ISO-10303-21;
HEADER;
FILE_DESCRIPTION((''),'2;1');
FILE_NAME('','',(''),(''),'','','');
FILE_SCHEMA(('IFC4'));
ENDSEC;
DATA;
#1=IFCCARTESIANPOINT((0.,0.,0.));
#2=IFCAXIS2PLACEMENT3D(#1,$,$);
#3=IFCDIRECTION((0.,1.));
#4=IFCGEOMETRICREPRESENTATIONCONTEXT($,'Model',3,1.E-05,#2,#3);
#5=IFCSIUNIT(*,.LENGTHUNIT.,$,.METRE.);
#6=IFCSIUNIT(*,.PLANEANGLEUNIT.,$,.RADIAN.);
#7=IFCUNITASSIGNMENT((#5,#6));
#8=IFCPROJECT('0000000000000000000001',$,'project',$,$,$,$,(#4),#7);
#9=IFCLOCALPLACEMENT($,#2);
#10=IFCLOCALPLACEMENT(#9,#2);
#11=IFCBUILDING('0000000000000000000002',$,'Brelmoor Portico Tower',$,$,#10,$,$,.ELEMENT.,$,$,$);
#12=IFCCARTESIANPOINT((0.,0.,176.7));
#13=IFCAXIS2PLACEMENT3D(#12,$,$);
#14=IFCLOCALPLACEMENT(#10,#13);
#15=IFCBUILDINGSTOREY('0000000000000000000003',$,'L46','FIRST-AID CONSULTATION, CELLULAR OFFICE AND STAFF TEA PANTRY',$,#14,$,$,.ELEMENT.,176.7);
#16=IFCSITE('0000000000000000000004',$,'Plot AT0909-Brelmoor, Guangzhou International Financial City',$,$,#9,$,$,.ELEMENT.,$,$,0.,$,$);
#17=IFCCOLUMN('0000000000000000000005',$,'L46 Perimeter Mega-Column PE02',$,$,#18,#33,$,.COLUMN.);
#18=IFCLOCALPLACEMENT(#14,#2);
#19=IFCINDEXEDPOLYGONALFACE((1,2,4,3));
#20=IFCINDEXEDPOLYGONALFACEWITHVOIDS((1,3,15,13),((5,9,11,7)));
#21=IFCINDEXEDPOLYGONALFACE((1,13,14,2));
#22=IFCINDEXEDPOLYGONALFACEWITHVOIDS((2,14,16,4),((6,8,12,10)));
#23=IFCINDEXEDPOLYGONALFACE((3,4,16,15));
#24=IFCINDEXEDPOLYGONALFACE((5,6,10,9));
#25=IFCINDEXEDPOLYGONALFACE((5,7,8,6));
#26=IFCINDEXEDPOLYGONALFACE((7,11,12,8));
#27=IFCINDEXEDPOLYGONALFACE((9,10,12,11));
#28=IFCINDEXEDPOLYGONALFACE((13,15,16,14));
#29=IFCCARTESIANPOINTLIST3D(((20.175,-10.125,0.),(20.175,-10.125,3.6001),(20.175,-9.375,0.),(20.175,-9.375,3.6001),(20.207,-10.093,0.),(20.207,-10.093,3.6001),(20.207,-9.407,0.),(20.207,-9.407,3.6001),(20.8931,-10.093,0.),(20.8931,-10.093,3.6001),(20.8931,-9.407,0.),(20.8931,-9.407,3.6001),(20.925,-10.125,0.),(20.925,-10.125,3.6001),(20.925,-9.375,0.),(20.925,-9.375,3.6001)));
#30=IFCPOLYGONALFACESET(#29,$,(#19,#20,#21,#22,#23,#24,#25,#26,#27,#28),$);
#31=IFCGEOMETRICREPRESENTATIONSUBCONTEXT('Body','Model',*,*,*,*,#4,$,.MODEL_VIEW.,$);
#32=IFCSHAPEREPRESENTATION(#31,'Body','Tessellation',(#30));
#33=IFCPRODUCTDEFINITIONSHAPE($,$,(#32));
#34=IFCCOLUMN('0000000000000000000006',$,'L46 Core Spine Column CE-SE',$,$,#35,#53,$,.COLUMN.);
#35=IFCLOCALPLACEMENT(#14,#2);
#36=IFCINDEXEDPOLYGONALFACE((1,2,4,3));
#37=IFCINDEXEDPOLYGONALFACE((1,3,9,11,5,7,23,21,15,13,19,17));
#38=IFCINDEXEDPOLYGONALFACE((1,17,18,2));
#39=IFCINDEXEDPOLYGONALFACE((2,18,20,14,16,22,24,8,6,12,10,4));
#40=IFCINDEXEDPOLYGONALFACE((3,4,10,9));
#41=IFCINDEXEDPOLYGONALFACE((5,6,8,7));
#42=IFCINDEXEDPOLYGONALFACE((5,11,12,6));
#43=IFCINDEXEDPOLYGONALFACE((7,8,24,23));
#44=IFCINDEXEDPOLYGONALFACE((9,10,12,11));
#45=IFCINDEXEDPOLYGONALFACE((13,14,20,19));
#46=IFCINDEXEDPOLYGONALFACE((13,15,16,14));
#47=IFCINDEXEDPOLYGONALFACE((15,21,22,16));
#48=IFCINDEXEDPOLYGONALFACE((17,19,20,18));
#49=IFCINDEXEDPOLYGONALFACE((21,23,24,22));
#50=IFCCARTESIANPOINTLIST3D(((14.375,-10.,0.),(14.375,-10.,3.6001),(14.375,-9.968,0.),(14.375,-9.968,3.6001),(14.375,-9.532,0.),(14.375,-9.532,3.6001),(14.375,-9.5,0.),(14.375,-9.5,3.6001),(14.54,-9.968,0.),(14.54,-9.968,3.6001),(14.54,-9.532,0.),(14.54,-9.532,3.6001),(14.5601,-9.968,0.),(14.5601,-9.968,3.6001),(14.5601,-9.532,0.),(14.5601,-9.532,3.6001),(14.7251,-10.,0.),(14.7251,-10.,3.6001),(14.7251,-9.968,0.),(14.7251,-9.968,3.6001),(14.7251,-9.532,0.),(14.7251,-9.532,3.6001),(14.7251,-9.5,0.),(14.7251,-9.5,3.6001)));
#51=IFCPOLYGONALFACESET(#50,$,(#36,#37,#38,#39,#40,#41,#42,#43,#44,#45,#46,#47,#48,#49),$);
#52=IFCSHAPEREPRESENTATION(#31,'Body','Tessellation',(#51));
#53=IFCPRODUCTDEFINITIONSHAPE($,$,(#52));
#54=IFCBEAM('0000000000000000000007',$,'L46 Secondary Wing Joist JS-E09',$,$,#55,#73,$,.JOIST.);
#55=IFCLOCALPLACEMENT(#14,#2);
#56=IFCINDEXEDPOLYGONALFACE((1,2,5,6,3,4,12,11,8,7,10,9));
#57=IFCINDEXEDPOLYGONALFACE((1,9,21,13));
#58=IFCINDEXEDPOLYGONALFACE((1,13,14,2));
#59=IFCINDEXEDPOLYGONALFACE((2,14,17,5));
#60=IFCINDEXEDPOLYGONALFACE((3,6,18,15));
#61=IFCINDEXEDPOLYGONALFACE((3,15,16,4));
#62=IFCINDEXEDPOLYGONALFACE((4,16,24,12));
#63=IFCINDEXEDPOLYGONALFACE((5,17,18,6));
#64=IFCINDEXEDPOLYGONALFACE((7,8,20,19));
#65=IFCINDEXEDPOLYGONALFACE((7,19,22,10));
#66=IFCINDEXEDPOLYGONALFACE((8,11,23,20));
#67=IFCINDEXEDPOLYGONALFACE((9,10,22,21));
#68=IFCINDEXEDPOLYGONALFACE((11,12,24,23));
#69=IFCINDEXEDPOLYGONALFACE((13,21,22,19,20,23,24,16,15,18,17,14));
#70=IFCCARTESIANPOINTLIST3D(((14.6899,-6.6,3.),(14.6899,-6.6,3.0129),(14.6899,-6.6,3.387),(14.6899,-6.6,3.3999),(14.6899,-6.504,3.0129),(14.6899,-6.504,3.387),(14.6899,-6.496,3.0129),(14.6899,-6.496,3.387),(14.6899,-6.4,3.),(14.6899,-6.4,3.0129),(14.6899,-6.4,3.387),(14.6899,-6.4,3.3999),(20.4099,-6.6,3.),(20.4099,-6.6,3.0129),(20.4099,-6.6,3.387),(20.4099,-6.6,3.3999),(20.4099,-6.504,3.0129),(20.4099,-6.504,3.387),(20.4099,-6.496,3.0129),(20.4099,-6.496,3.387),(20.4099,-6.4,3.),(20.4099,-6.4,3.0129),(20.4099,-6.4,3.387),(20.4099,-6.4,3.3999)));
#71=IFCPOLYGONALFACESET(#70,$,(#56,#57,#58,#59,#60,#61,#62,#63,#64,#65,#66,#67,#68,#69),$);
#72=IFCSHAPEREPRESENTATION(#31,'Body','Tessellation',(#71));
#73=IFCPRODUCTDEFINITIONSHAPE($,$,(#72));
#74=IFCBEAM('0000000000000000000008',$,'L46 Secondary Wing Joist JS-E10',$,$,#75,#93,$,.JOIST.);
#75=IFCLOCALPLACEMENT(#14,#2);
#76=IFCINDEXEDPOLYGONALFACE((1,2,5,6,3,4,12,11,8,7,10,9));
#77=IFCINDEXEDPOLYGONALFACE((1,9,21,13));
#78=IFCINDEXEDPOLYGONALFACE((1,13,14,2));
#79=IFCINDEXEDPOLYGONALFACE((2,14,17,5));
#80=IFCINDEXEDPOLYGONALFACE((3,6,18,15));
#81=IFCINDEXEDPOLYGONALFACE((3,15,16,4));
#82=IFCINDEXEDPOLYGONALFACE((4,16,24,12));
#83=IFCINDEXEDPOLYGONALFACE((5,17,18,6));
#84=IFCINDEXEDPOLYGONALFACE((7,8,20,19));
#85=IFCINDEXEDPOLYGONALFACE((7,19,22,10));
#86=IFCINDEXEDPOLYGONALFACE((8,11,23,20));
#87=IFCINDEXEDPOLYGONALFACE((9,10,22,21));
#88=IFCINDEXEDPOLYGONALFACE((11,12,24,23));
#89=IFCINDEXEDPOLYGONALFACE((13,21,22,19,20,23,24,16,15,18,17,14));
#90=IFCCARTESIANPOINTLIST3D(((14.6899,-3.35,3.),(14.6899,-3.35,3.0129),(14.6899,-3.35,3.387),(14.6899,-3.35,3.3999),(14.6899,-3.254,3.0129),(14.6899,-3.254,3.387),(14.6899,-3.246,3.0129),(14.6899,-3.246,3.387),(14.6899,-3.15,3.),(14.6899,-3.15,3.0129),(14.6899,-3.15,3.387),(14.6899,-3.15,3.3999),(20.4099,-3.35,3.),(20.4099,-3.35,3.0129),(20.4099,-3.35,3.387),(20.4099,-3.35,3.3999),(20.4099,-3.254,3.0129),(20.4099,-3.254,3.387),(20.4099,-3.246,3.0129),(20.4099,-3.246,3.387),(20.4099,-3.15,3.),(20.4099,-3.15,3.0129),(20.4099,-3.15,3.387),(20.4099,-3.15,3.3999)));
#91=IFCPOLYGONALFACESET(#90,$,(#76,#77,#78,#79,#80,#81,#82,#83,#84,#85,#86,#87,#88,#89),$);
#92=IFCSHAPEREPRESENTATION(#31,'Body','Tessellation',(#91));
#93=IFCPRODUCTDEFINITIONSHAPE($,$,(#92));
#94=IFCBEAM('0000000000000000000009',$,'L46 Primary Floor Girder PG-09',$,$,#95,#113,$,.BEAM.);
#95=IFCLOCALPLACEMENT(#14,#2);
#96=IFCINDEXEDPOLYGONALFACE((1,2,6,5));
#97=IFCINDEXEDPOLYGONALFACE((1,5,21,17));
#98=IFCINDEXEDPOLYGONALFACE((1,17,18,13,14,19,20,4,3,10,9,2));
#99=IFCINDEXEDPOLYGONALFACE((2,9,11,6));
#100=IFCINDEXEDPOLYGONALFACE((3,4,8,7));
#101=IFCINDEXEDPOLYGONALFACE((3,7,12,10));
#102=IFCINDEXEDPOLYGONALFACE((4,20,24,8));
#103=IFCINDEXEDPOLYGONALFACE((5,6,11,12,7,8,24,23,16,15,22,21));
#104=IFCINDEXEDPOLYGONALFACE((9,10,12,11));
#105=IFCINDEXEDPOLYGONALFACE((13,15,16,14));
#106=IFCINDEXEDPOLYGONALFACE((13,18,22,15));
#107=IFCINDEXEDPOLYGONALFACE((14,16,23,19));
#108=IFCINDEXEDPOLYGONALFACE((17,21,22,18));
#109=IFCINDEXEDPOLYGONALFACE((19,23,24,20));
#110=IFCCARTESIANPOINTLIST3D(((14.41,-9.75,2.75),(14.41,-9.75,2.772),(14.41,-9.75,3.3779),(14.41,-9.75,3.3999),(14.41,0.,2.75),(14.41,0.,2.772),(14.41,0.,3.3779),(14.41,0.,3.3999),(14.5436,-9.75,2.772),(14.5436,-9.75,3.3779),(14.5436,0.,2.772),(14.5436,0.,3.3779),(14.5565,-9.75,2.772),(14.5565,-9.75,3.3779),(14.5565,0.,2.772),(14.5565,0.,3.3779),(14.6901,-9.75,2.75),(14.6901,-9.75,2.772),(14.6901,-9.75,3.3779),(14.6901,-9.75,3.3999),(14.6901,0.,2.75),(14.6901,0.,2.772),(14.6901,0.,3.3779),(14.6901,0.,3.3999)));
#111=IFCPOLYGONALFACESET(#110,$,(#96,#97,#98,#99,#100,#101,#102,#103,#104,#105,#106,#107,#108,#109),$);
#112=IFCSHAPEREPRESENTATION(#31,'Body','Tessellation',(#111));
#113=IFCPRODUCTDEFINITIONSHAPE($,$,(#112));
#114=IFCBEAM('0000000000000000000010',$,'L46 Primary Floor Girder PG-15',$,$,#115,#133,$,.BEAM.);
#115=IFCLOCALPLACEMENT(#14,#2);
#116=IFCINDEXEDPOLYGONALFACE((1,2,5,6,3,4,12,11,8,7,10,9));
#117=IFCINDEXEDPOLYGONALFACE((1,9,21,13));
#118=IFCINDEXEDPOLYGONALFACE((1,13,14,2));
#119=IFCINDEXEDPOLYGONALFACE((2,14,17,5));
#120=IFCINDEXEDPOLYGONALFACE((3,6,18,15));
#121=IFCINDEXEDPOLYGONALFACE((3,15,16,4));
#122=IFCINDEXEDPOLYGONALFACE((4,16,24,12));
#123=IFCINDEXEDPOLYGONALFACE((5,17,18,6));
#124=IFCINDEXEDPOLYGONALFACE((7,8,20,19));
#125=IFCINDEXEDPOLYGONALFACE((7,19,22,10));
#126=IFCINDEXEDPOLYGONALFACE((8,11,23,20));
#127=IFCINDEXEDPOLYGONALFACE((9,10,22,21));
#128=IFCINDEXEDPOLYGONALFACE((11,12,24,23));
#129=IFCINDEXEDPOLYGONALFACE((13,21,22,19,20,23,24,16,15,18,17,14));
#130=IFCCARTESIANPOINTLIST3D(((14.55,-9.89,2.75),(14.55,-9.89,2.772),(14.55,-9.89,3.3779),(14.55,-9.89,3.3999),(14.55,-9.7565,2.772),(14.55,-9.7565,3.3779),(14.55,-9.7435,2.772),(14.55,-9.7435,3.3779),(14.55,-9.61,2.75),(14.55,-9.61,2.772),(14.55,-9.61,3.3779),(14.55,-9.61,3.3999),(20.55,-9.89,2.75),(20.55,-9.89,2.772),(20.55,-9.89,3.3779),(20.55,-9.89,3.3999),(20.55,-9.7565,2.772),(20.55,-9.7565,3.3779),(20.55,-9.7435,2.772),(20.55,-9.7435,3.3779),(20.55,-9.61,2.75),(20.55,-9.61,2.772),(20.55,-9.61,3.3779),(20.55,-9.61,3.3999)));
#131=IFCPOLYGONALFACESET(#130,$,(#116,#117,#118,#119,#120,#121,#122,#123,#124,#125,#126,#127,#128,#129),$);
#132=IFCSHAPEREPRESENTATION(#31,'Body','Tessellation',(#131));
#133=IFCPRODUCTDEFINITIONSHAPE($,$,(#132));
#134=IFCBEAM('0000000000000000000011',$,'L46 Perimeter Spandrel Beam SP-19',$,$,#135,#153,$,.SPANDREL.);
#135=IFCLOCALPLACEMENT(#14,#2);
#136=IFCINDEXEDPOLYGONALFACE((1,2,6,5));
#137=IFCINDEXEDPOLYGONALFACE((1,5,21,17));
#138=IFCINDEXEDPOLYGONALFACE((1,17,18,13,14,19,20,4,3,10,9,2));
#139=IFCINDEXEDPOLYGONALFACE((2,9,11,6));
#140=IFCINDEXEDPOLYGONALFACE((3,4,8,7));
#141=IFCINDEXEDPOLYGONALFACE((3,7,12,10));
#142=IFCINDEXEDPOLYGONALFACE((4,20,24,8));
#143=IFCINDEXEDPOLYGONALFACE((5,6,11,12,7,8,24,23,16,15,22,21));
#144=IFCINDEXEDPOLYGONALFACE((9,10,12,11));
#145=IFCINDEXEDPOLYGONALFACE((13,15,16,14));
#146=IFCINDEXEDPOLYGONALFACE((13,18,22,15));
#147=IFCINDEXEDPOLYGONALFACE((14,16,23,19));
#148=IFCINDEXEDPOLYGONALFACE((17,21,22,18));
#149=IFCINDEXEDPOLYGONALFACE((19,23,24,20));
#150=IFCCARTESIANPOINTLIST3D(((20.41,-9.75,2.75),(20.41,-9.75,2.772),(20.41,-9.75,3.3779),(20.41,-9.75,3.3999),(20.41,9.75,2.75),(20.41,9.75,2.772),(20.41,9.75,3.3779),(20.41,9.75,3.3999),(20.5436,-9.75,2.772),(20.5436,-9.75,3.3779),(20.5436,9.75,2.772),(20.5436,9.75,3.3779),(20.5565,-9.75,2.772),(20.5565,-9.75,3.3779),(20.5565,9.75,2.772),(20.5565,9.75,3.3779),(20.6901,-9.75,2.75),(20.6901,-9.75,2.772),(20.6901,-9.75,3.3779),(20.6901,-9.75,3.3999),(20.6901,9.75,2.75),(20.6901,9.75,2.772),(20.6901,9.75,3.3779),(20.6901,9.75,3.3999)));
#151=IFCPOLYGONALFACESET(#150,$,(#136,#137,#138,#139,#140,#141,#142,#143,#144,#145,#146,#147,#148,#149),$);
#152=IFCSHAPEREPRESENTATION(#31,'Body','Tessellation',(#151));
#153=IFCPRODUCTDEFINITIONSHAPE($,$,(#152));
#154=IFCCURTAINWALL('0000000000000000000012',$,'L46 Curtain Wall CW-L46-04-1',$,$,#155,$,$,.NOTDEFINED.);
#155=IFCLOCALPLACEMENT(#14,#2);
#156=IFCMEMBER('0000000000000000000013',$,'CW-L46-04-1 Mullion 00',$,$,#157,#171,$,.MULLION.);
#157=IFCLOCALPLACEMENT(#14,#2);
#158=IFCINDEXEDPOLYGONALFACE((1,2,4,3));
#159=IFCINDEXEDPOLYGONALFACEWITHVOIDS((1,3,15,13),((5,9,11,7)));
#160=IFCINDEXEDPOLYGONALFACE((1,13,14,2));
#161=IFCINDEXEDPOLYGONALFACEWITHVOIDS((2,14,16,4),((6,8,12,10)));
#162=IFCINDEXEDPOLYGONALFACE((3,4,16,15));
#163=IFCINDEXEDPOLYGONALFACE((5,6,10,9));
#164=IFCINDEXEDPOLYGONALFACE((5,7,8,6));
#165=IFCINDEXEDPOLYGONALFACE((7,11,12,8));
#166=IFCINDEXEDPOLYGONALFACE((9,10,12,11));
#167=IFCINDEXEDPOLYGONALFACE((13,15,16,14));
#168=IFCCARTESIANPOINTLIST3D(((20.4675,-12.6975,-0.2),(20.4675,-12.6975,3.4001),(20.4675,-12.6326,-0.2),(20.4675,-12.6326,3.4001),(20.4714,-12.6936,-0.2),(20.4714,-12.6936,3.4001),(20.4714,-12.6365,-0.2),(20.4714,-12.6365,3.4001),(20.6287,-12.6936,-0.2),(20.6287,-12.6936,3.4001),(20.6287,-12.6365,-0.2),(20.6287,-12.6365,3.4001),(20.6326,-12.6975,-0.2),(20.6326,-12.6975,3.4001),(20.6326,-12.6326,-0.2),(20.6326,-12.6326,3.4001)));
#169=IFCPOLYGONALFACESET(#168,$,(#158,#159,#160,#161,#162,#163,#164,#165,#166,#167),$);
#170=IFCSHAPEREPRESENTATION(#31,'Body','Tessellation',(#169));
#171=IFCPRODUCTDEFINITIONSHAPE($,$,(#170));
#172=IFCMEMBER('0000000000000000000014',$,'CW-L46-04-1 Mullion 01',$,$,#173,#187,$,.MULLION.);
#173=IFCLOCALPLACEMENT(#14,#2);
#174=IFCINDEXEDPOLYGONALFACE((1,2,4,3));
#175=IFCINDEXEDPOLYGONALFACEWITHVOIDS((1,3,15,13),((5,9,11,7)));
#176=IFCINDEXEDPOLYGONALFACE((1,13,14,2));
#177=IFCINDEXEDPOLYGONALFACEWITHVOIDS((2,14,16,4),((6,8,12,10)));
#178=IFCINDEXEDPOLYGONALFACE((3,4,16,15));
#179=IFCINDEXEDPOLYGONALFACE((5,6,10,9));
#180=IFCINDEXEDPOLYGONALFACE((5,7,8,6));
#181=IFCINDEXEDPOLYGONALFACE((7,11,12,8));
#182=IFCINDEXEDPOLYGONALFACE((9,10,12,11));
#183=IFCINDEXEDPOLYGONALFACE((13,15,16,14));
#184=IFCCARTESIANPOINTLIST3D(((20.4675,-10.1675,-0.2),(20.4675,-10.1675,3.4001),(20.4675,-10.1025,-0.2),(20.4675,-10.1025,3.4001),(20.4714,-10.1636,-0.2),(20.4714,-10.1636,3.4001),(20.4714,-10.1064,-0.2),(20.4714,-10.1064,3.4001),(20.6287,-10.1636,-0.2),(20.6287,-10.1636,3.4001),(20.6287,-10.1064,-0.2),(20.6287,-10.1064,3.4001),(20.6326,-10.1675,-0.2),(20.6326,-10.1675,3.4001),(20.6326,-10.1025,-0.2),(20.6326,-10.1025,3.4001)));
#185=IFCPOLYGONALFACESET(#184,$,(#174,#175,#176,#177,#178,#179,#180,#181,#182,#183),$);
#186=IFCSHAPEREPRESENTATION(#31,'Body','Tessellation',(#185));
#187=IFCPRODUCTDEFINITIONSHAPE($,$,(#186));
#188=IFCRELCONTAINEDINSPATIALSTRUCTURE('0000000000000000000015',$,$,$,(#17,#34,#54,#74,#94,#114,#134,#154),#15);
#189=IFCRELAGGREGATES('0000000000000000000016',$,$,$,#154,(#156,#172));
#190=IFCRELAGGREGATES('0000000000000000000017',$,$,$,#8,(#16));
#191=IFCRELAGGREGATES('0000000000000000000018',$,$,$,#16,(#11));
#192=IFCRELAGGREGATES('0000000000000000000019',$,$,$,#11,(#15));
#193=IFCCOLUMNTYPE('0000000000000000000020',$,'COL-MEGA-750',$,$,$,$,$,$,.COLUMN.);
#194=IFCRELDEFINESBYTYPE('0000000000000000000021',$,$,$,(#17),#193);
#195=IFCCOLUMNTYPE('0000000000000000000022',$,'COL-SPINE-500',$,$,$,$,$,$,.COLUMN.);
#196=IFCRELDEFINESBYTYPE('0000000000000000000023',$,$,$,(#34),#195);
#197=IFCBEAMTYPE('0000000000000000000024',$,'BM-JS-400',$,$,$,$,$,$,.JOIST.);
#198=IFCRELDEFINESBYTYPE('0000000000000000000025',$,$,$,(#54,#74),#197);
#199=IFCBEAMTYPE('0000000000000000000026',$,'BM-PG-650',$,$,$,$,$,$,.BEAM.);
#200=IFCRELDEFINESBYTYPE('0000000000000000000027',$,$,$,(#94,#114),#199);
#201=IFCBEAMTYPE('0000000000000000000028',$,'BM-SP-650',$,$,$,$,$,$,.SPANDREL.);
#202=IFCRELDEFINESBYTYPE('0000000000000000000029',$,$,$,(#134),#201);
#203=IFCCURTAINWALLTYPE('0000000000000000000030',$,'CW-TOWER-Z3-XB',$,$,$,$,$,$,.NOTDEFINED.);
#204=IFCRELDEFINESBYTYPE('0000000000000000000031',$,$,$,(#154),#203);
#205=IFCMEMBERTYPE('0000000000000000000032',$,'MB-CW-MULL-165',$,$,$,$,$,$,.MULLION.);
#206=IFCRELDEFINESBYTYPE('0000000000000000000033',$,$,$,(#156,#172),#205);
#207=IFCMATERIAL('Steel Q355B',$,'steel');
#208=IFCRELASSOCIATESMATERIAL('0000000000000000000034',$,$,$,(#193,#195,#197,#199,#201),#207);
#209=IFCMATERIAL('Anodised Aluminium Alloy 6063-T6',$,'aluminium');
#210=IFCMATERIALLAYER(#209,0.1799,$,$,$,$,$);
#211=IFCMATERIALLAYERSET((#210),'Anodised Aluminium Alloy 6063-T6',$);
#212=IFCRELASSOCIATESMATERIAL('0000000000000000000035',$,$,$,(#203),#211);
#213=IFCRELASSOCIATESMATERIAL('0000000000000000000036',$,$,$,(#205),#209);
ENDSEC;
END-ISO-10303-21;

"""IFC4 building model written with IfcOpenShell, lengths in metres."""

from ifc_helpers import new_model, si_unit, direction, frame, origin, origin_2d, place, context, subcontext, project, spatial, hollow_rectangle, i_section, extrude, material, layer, layer_set, material_profile, profile_set, type_object, element, aggregate, save


model = new_model("IFC4")

# Units and contexts
model_context = context("Model", 3, precision=1e-05, world=origin(), true_north=direction((0.0, 1.0)))
body_context = subcontext(model_context, "Body", "Model", "MODEL_VIEW")
ifc_project = project(units=[si_unit("LENGTHUNIT", "METRE"), si_unit("PLANEANGLEUNIT", "RADIAN")], contexts=[model_context])

# Site, building, storey
site_placement = place(None, origin())
site = spatial("IfcSite", under=ifc_project, at=site_placement, Name="Plot AT0909-Brelmoor, Guangzhou International Financial City", CompositionType="ELEMENT", RefElevation=0.0)
building_placement = place(site_placement, origin())
building = spatial("IfcBuilding", under=site, at=building_placement, Name="Brelmoor Portico Tower", CompositionType="ELEMENT")
storey_placement = place(building_placement, frame((0.0, 0.0, 176.7)))
storey = spatial("IfcBuildingStorey", under=building, at=storey_placement, Name="L46", Description="FIRST-AID CONSULTATION, CELLULAR OFFICE AND STAFF TEA PANTRY", CompositionType="ELEMENT", Elevation=176.7)

# Columns
ifc_material_1 = material(Name="Steel Q355B", Category="steel")
ifc_material_profile_1 = material_profile(ifc_material_1, hollow_rectangle(XDim=0.75, YDim=0.75, WallThickness=0.032, at=origin_2d()), Name="BOX 750x750x32")
ifc_profile_set_1 = profile_set([ifc_material_profile_1], Name="Steel Q355B")
column_type_1 = type_object("IfcColumnType", Name="COL-MEGA-750", PredefinedType="COLUMN", material=ifc_profile_set_1)
column_1_placement = place(storey_placement, frame((20.55, -9.75, 0.0), z_axis=(0.0, 0.0, 1.0), x_axis=(0.0, 1.0, 0.0)))
element("IfcColumn", 1, at=column_1_placement, inside=storey, type_object=column_type_1, Name="L46 Perimeter Mega-Column PE02", PredefinedType="COLUMN", context=body_context, shape_type="SweptSolid", body=[
    extrude(hollow_rectangle(XDim=0.75, YDim=0.75, WallThickness=0.032, at=origin_2d()), origin(), (0.0, 0.0, 1.0), 3.6001),
])
ifc_material_profile_2 = material_profile(ifc_material_1, i_section(OverallWidth=0.3501, OverallDepth=0.5, WebThickness=0.02, FlangeThickness=0.032, at=origin_2d()), Name="HW 500x350x20x32")
ifc_profile_set_2 = profile_set([ifc_material_profile_2], Name="Steel Q355B")
column_type_2 = type_object("IfcColumnType", Name="COL-SPINE-500", PredefinedType="COLUMN", material=ifc_profile_set_2)
column_2_placement = place(storey_placement, frame((14.55, -9.75, 0.0), z_axis=(0.0, 0.0, 1.0), x_axis=(1.0, 0.0, 0.0)))
element("IfcColumn", 2, at=column_2_placement, inside=storey, type_object=column_type_2, Name="L46 Core Spine Column CE-SE", PredefinedType="COLUMN", context=body_context, shape_type="SweptSolid", body=[
    extrude(i_section(OverallWidth=0.3501, OverallDepth=0.5, WebThickness=0.02, FlangeThickness=0.032, at=origin_2d()), origin(), (0.0, 0.0, 1.0), 3.6001),
])

# Beams
ifc_material_profile_3 = material_profile(ifc_material_1, i_section(OverallWidth=0.2, OverallDepth=0.3999, WebThickness=0.0081, FlangeThickness=0.0129, at=origin_2d()), Name="HN 400x200x8x13")
ifc_profile_set_3 = profile_set([ifc_material_profile_3], Name="Steel Q355B")
beam_type_1 = type_object("IfcBeamType", Name="BM-JS-400", PredefinedType="JOIST", material=ifc_profile_set_3)
for number, where, z_axis, x_axis, name in (
    (3, (14.6899, -6.5, 3.2), (1.0, 0.0, 0.0), (0.0, 1.0, 0.0), "L46 Secondary Wing Joist JS-E09"),
    (4, (14.6899, -3.25, 3.2), (1.0, 0.0, 0.0), (0.0, 1.0, 0.0), "L46 Secondary Wing Joist JS-E10"),
):
    element("IfcBeam", number, at=place(storey_placement, frame(where, z_axis=z_axis, x_axis=x_axis)), inside=storey, type_object=beam_type_1, Name=name, PredefinedType="JOIST", context=body_context, shape_type="SweptSolid", body=[
        extrude(i_section(OverallWidth=0.2, OverallDepth=0.3999, WebThickness=0.0081, FlangeThickness=0.0129, at=origin_2d()), origin(), (0.0, 0.0, 1.0), 5.72),
    ])
ifc_material_profile_4 = material_profile(ifc_material_1, i_section(OverallWidth=0.28, OverallDepth=0.6499, WebThickness=0.0129, FlangeThickness=0.022, at=origin_2d()), Name="HN 650x280x13x22")
ifc_profile_set_4 = profile_set([ifc_material_profile_4], Name="Steel Q355B")
beam_type_2 = type_object("IfcBeamType", Name="BM-PG-650", PredefinedType="BEAM", material=ifc_profile_set_4)
beam_1_placement = place(storey_placement, frame((14.55, -9.75, 3.075), z_axis=(0.0, 1.0, 0.0), x_axis=(-1.0, 0.0, 0.0)))
element("IfcBeam", 5, at=beam_1_placement, inside=storey, type_object=beam_type_2, Name="L46 Primary Floor Girder PG-09", PredefinedType="BEAM", context=body_context, shape_type="SweptSolid", body=[
    extrude(i_section(OverallWidth=0.28, OverallDepth=0.6499, WebThickness=0.0129, FlangeThickness=0.022, at=origin_2d()), origin(), (0.0, 0.0, 1.0), 9.75),
])
beam_2_placement = place(storey_placement, frame((14.55, -9.75, 3.075), z_axis=(1.0, 0.0, 0.0), x_axis=(0.0, 1.0, 0.0)))
element("IfcBeam", 6, at=beam_2_placement, inside=storey, type_object=beam_type_2, Name="L46 Primary Floor Girder PG-15", PredefinedType="BEAM", context=body_context, shape_type="SweptSolid", body=[
    extrude(i_section(OverallWidth=0.28, OverallDepth=0.6499, WebThickness=0.0129, FlangeThickness=0.022, at=origin_2d()), origin(), (0.0, 0.0, 1.0), 6.0),
])
ifc_material_profile_5 = material_profile(ifc_material_1, i_section(OverallWidth=0.28, OverallDepth=0.6499, WebThickness=0.0129, FlangeThickness=0.022, at=origin_2d()), Name="HN 650x280x13x22")
ifc_profile_set_5 = profile_set([ifc_material_profile_5], Name="Steel Q355B")
beam_type_3 = type_object("IfcBeamType", Name="BM-SP-650", PredefinedType="SPANDREL", material=ifc_profile_set_5)
beam_3_placement = place(storey_placement, frame((20.55, -9.75, 3.075), z_axis=(0.0, 1.0, 0.0), x_axis=(-1.0, 0.0, 0.0)))
element("IfcBeam", 7, at=beam_3_placement, inside=storey, type_object=beam_type_3, Name="L46 Perimeter Spandrel Beam SP-19", PredefinedType="SPANDREL", context=body_context, shape_type="SweptSolid", body=[
    extrude(i_section(OverallWidth=0.28, OverallDepth=0.6499, WebThickness=0.0129, FlangeThickness=0.022, at=origin_2d()), origin(), (0.0, 0.0, 1.0), 19.5),
])

# Curtain wall, members
ifc_material_2 = material(Name="Anodised Aluminium Alloy 6063-T6", Category="aluminium")
ifc_layer_1 = layer(ifc_material_2, 0.1799)
ifc_layer_set_1 = layer_set([ifc_layer_1], Name="Anodised Aluminium Alloy 6063-T6")
curtain_wall_type = type_object("IfcCurtainWallType", Name="CW-TOWER-Z3-XB", PredefinedType="NOTDEFINED", material=ifc_layer_set_1)
curtain_wall_1_placement = place(storey_placement, origin())
curtain_wall_1 = element("IfcCurtainWall", 8, at=curtain_wall_1_placement, inside=storey, type_object=curtain_wall_type, Name="L46 Curtain Wall CW-L46-04-1", PredefinedType="NOTDEFINED")
ifc_material_profile_6 = material_profile(ifc_material_2, hollow_rectangle(XDim=0.0649, YDim=0.165, WallThickness=0.0039, at=origin_2d()), Name="ALU MULLION 65x165")
ifc_profile_set_6 = profile_set([ifc_material_profile_6], Name="Anodised Aluminium Alloy 6063-T6")
member_type_1 = type_object("IfcMemberType", Name="MB-CW-MULL-165", PredefinedType="MULLION", material=ifc_profile_set_6)
member_1_placement = place(storey_placement, frame((20.55, -12.665, -0.2), z_axis=(0.0, 0.0, 1.0), x_axis=(0.0, 1.0, 0.0)))
member_1 = element("IfcMember", 9, at=member_1_placement, type_object=member_type_1, Name="CW-L46-04-1 Mullion 00", PredefinedType="MULLION", context=body_context, shape_type="SweptSolid", body=[
    extrude(hollow_rectangle(XDim=0.0649, YDim=0.165, WallThickness=0.0039, at=origin_2d()), origin(), (0.0, 0.0, 1.0), 3.6001),
])
member_2_placement = place(storey_placement, frame((20.55, -10.135, -0.2), z_axis=(0.0, 0.0, 1.0), x_axis=(0.0, 1.0, 0.0)))
member_2 = element("IfcMember", 10, at=member_2_placement, type_object=member_type_1, Name="CW-L46-04-1 Mullion 01", PredefinedType="MULLION", context=body_context, shape_type="SweptSolid", body=[
    extrude(hollow_rectangle(XDim=0.0649, YDim=0.165, WallThickness=0.0039, at=origin_2d()), origin(), (0.0, 0.0, 1.0), 3.6001),
])

aggregate(curtain_wall_1, [member_1, member_2])

save(model, "model.ifc")
